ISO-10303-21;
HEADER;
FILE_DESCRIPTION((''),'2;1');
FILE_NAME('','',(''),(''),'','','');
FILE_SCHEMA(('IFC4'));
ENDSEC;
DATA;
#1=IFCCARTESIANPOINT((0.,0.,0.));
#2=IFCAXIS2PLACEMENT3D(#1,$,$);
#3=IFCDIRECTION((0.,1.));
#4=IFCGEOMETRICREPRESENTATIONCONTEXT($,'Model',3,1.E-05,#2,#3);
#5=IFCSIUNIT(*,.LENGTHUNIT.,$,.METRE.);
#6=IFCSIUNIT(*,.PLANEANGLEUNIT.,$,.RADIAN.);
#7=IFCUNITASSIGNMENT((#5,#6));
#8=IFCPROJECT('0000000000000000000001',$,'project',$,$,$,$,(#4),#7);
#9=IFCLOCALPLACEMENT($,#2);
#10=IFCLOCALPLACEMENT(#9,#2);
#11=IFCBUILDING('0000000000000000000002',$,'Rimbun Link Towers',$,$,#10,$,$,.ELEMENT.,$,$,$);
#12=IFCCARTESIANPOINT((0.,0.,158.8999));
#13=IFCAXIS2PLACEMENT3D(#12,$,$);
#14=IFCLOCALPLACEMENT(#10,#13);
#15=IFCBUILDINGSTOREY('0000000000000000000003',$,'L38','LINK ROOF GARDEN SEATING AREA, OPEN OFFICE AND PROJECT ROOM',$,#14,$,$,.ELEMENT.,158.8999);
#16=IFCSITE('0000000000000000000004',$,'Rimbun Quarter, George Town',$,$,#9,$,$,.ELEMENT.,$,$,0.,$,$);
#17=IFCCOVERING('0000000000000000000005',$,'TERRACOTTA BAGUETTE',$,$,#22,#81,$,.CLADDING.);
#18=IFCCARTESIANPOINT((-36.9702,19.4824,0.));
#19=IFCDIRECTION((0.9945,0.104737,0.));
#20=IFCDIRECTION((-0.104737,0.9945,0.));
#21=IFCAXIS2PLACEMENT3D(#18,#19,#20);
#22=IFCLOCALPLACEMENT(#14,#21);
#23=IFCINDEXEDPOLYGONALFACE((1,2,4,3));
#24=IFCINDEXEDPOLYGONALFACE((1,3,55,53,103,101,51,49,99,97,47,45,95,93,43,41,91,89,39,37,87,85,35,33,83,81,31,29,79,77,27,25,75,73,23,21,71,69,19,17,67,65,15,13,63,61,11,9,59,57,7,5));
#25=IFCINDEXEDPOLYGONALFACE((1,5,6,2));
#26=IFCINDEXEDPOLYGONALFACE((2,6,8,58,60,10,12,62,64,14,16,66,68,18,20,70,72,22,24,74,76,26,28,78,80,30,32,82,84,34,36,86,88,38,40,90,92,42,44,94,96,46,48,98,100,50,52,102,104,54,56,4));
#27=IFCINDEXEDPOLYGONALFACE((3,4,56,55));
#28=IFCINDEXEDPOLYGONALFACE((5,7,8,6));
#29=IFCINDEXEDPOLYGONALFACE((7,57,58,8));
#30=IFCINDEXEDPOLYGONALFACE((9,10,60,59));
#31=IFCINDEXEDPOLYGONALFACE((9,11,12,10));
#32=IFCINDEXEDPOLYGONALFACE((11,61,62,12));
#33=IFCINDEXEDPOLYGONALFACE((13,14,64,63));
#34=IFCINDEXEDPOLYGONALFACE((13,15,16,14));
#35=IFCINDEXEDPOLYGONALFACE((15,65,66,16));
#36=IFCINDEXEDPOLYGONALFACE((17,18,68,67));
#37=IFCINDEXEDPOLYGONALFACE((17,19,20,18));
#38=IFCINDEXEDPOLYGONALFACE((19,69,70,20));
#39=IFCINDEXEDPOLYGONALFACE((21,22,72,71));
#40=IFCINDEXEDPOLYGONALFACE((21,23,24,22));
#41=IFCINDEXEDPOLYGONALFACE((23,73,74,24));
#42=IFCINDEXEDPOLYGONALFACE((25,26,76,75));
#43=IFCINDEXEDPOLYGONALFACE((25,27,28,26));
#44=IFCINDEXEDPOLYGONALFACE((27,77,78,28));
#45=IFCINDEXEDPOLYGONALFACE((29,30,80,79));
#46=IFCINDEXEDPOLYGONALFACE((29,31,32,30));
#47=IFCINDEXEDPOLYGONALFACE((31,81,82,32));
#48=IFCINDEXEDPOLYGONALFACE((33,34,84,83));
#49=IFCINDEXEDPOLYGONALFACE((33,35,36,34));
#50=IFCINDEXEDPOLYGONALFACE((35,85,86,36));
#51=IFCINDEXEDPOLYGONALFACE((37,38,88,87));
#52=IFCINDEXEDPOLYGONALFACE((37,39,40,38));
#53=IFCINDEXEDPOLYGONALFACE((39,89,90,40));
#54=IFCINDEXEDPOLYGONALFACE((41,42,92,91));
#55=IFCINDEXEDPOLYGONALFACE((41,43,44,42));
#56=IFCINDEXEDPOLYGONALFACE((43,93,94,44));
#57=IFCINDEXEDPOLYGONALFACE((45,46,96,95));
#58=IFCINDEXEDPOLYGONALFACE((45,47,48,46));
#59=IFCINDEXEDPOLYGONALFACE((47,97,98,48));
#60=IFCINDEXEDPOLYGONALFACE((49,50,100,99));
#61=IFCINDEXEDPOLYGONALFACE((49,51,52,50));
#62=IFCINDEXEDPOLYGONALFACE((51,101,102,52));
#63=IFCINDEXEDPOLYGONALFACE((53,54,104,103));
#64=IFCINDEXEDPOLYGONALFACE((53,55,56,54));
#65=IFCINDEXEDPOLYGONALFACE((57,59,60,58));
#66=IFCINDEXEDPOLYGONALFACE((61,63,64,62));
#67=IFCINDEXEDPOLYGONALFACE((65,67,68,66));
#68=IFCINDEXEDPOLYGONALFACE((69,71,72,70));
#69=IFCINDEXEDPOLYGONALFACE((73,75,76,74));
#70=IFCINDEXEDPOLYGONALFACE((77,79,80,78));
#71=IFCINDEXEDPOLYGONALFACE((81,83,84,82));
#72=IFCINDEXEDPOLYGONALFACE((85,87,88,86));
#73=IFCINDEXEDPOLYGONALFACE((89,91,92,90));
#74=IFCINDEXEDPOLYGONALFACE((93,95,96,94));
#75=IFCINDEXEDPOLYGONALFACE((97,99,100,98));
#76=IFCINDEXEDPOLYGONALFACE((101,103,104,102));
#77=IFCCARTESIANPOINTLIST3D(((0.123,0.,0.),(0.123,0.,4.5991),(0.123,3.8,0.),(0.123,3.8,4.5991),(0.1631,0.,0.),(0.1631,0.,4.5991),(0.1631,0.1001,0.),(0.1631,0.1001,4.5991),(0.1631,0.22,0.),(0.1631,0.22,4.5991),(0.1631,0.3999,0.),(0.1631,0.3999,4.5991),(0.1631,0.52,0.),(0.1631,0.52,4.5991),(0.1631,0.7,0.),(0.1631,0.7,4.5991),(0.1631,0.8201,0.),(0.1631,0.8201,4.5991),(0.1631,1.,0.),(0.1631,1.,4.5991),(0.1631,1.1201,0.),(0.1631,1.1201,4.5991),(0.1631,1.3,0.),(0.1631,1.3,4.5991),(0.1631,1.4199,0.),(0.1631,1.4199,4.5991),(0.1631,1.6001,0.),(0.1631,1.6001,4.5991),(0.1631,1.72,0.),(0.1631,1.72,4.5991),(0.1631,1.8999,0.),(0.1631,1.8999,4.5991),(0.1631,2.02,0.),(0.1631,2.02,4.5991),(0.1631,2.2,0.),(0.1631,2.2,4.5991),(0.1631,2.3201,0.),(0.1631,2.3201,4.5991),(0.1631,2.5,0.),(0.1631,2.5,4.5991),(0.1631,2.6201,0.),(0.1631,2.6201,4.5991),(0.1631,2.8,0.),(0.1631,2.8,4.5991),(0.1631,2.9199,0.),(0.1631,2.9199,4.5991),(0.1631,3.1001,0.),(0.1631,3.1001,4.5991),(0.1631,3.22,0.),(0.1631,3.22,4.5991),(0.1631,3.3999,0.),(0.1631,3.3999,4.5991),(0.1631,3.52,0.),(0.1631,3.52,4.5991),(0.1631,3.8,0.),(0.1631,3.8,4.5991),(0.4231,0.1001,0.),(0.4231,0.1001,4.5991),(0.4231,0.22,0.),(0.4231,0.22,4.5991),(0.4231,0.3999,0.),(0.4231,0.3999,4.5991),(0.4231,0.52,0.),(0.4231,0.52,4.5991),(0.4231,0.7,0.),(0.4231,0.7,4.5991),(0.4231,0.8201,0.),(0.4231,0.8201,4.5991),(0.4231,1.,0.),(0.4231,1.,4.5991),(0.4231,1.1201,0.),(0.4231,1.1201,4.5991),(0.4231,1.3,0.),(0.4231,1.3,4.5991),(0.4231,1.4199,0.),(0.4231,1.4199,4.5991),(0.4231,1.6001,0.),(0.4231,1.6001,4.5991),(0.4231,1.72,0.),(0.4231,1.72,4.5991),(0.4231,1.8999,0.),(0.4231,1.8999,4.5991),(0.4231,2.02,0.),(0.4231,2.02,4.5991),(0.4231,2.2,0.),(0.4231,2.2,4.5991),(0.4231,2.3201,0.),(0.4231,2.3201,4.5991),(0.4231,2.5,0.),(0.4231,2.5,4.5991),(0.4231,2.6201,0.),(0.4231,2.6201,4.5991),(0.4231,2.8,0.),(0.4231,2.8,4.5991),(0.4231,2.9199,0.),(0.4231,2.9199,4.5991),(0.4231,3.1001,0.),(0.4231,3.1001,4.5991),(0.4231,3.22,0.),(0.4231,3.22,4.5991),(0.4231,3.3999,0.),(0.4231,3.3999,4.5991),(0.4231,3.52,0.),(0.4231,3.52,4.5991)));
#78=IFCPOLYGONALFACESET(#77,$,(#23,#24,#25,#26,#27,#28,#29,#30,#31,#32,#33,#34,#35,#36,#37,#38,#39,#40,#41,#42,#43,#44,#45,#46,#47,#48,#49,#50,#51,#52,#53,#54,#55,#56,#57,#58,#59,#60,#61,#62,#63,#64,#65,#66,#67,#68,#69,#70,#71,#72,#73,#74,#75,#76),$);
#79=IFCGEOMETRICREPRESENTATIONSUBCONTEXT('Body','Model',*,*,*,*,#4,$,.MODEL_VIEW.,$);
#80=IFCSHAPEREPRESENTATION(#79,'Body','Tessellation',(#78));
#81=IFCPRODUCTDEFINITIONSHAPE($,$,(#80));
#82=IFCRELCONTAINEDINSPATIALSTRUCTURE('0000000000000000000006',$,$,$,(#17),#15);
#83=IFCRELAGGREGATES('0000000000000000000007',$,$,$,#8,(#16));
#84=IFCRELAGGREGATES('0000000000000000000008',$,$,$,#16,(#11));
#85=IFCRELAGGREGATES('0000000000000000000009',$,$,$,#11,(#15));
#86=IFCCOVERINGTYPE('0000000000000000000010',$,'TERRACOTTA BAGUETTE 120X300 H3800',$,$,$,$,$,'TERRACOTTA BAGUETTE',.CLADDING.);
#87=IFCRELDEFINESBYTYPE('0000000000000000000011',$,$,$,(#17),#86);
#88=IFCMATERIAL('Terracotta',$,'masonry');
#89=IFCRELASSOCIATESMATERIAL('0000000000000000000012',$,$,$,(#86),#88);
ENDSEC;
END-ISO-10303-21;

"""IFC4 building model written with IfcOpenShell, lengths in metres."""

from ifc_helpers import new_model, si_unit, direction, frame, origin, place, context, subcontext, project, spatial, polyline, outline, extrude, material, material_profile, profile_set, type_object, element, save


model = new_model("IFC4")

# Units and contexts
model_context = context("Model", 3, precision=1e-05, world=origin(), true_north=direction((0.0, 1.0)))
body_context = subcontext(model_context, "Body", "Model", "MODEL_VIEW")
ifc_project = project(units=[si_unit("LENGTHUNIT", "METRE"), si_unit("PLANEANGLEUNIT", "RADIAN")], contexts=[model_context])

# Site, building, storey
site_placement = place(None, origin())
site = spatial("IfcSite", under=ifc_project, at=site_placement, Name="Rimbun Quarter, George Town", CompositionType="ELEMENT", RefElevation=0.0)
building_placement = place(site_placement, origin())
building = spatial("IfcBuilding", under=site, at=building_placement, Name="Rimbun Link Towers", CompositionType="ELEMENT")
storey_placement = place(building_placement, frame((0.0, 0.0, 158.8999)))
storey = spatial("IfcBuildingStorey", under=building, at=storey_placement, Name="L38", Description="LINK ROOF GARDEN SEATING AREA, OPEN OFFICE AND PROJECT ROOM", CompositionType="ELEMENT", Elevation=158.8999)

# Covering
ifc_material_1 = material(Name="Terracotta", Category="masonry")
ifc_material_profile_1 = material_profile(ifc_material_1, outline(polyline([(0.123, 0.0), (0.1631, 0.0), (0.1631, 0.1001), (0.4231, 0.1001), (0.4231, 0.22), (0.1631, 0.22), (0.1631, 0.3999), (0.4231, 0.3999), (0.4231, 0.52), (0.1631, 0.52), (0.1631, 0.7), (0.4231, 0.7), (0.4231, 0.8201), (0.1631, 0.8201), (0.1631, 1.0), (0.4231, 1.0), (0.4231, 1.1201), (0.1631, 1.1201), (0.1631, 1.3), (0.4231, 1.3), (0.4231, 1.4199), (0.1631, 1.4199), (0.1631, 1.6001), (0.4231, 1.6001), (0.4231, 1.72), (0.1631, 1.72), (0.1631, 1.8999), (0.4231, 1.8999), (0.4231, 2.02), (0.1631, 2.02), (0.1631, 2.2), (0.4231, 2.2), (0.4231, 2.3201), (0.1631, 2.3201), (0.1631, 2.5), (0.4231, 2.5), (0.4231, 2.6201), (0.1631, 2.6201), (0.1631, 2.8), (0.4231, 2.8), (0.4231, 2.9199), (0.1631, 2.9199), (0.1631, 3.1001), (0.4231, 3.1001), (0.4231, 3.22), (0.1631, 3.22), (0.1631, 3.3999), (0.4231, 3.3999), (0.4231, 3.52), (0.1631, 3.52), (0.1631, 3.8), (0.123, 3.8), (0.123, 0.0)])), Name="BAGUETTE 120X300")
ifc_profile_set_1 = profile_set([ifc_material_profile_1], Name="Terracotta")
covering_type = type_object("IfcCoveringType", Name="TERRACOTTA BAGUETTE 120X300 H3800", ElementType="TERRACOTTA BAGUETTE", PredefinedType="CLADDING", material=ifc_profile_set_1)
covering_1_placement = place(storey_placement, frame((-36.9702, 19.4824, 0.0), z_axis=(0.9945, 0.104737, 0.0), x_axis=(-0.104737, 0.9945, 0.0)))
element("IfcCovering", 1, at=covering_1_placement, inside=storey, type_object=covering_type, Name="TERRACOTTA BAGUETTE", PredefinedType="CLADDING", context=body_context, shape_type="SweptSolid", body=[
    extrude(outline(polyline([(0.123, 0.0), (0.1631, 0.0), (0.1631, 0.1001), (0.4231, 0.1001), (0.4231, 0.22), (0.1631, 0.22), (0.1631, 0.3999), (0.4231, 0.3999), (0.4231, 0.52), (0.1631, 0.52), (0.1631, 0.7), (0.4231, 0.7), (0.4231, 0.8201), (0.1631, 0.8201), (0.1631, 1.0), (0.4231, 1.0), (0.4231, 1.1201), (0.1631, 1.1201), (0.1631, 1.3), (0.4231, 1.3), (0.4231, 1.4199), (0.1631, 1.4199), (0.1631, 1.6001), (0.4231, 1.6001), (0.4231, 1.72), (0.1631, 1.72), (0.1631, 1.8999), (0.4231, 1.8999), (0.4231, 2.02), (0.1631, 2.02), (0.1631, 2.2), (0.4231, 2.2), (0.4231, 2.3201), (0.1631, 2.3201), (0.1631, 2.5), (0.4231, 2.5), (0.4231, 2.6201), (0.1631, 2.6201), (0.1631, 2.8), (0.4231, 2.8), (0.4231, 2.9199), (0.1631, 2.9199), (0.1631, 3.1001), (0.4231, 3.1001), (0.4231, 3.22), (0.1631, 3.22), (0.1631, 3.3999), (0.4231, 3.3999), (0.4231, 3.52), (0.1631, 3.52), (0.1631, 3.8), (0.123, 3.8), (0.123, 0.0)])), origin(), (0.0, 0.0, 1.0), 4.5991),
])

save(model, "model.ifc")
